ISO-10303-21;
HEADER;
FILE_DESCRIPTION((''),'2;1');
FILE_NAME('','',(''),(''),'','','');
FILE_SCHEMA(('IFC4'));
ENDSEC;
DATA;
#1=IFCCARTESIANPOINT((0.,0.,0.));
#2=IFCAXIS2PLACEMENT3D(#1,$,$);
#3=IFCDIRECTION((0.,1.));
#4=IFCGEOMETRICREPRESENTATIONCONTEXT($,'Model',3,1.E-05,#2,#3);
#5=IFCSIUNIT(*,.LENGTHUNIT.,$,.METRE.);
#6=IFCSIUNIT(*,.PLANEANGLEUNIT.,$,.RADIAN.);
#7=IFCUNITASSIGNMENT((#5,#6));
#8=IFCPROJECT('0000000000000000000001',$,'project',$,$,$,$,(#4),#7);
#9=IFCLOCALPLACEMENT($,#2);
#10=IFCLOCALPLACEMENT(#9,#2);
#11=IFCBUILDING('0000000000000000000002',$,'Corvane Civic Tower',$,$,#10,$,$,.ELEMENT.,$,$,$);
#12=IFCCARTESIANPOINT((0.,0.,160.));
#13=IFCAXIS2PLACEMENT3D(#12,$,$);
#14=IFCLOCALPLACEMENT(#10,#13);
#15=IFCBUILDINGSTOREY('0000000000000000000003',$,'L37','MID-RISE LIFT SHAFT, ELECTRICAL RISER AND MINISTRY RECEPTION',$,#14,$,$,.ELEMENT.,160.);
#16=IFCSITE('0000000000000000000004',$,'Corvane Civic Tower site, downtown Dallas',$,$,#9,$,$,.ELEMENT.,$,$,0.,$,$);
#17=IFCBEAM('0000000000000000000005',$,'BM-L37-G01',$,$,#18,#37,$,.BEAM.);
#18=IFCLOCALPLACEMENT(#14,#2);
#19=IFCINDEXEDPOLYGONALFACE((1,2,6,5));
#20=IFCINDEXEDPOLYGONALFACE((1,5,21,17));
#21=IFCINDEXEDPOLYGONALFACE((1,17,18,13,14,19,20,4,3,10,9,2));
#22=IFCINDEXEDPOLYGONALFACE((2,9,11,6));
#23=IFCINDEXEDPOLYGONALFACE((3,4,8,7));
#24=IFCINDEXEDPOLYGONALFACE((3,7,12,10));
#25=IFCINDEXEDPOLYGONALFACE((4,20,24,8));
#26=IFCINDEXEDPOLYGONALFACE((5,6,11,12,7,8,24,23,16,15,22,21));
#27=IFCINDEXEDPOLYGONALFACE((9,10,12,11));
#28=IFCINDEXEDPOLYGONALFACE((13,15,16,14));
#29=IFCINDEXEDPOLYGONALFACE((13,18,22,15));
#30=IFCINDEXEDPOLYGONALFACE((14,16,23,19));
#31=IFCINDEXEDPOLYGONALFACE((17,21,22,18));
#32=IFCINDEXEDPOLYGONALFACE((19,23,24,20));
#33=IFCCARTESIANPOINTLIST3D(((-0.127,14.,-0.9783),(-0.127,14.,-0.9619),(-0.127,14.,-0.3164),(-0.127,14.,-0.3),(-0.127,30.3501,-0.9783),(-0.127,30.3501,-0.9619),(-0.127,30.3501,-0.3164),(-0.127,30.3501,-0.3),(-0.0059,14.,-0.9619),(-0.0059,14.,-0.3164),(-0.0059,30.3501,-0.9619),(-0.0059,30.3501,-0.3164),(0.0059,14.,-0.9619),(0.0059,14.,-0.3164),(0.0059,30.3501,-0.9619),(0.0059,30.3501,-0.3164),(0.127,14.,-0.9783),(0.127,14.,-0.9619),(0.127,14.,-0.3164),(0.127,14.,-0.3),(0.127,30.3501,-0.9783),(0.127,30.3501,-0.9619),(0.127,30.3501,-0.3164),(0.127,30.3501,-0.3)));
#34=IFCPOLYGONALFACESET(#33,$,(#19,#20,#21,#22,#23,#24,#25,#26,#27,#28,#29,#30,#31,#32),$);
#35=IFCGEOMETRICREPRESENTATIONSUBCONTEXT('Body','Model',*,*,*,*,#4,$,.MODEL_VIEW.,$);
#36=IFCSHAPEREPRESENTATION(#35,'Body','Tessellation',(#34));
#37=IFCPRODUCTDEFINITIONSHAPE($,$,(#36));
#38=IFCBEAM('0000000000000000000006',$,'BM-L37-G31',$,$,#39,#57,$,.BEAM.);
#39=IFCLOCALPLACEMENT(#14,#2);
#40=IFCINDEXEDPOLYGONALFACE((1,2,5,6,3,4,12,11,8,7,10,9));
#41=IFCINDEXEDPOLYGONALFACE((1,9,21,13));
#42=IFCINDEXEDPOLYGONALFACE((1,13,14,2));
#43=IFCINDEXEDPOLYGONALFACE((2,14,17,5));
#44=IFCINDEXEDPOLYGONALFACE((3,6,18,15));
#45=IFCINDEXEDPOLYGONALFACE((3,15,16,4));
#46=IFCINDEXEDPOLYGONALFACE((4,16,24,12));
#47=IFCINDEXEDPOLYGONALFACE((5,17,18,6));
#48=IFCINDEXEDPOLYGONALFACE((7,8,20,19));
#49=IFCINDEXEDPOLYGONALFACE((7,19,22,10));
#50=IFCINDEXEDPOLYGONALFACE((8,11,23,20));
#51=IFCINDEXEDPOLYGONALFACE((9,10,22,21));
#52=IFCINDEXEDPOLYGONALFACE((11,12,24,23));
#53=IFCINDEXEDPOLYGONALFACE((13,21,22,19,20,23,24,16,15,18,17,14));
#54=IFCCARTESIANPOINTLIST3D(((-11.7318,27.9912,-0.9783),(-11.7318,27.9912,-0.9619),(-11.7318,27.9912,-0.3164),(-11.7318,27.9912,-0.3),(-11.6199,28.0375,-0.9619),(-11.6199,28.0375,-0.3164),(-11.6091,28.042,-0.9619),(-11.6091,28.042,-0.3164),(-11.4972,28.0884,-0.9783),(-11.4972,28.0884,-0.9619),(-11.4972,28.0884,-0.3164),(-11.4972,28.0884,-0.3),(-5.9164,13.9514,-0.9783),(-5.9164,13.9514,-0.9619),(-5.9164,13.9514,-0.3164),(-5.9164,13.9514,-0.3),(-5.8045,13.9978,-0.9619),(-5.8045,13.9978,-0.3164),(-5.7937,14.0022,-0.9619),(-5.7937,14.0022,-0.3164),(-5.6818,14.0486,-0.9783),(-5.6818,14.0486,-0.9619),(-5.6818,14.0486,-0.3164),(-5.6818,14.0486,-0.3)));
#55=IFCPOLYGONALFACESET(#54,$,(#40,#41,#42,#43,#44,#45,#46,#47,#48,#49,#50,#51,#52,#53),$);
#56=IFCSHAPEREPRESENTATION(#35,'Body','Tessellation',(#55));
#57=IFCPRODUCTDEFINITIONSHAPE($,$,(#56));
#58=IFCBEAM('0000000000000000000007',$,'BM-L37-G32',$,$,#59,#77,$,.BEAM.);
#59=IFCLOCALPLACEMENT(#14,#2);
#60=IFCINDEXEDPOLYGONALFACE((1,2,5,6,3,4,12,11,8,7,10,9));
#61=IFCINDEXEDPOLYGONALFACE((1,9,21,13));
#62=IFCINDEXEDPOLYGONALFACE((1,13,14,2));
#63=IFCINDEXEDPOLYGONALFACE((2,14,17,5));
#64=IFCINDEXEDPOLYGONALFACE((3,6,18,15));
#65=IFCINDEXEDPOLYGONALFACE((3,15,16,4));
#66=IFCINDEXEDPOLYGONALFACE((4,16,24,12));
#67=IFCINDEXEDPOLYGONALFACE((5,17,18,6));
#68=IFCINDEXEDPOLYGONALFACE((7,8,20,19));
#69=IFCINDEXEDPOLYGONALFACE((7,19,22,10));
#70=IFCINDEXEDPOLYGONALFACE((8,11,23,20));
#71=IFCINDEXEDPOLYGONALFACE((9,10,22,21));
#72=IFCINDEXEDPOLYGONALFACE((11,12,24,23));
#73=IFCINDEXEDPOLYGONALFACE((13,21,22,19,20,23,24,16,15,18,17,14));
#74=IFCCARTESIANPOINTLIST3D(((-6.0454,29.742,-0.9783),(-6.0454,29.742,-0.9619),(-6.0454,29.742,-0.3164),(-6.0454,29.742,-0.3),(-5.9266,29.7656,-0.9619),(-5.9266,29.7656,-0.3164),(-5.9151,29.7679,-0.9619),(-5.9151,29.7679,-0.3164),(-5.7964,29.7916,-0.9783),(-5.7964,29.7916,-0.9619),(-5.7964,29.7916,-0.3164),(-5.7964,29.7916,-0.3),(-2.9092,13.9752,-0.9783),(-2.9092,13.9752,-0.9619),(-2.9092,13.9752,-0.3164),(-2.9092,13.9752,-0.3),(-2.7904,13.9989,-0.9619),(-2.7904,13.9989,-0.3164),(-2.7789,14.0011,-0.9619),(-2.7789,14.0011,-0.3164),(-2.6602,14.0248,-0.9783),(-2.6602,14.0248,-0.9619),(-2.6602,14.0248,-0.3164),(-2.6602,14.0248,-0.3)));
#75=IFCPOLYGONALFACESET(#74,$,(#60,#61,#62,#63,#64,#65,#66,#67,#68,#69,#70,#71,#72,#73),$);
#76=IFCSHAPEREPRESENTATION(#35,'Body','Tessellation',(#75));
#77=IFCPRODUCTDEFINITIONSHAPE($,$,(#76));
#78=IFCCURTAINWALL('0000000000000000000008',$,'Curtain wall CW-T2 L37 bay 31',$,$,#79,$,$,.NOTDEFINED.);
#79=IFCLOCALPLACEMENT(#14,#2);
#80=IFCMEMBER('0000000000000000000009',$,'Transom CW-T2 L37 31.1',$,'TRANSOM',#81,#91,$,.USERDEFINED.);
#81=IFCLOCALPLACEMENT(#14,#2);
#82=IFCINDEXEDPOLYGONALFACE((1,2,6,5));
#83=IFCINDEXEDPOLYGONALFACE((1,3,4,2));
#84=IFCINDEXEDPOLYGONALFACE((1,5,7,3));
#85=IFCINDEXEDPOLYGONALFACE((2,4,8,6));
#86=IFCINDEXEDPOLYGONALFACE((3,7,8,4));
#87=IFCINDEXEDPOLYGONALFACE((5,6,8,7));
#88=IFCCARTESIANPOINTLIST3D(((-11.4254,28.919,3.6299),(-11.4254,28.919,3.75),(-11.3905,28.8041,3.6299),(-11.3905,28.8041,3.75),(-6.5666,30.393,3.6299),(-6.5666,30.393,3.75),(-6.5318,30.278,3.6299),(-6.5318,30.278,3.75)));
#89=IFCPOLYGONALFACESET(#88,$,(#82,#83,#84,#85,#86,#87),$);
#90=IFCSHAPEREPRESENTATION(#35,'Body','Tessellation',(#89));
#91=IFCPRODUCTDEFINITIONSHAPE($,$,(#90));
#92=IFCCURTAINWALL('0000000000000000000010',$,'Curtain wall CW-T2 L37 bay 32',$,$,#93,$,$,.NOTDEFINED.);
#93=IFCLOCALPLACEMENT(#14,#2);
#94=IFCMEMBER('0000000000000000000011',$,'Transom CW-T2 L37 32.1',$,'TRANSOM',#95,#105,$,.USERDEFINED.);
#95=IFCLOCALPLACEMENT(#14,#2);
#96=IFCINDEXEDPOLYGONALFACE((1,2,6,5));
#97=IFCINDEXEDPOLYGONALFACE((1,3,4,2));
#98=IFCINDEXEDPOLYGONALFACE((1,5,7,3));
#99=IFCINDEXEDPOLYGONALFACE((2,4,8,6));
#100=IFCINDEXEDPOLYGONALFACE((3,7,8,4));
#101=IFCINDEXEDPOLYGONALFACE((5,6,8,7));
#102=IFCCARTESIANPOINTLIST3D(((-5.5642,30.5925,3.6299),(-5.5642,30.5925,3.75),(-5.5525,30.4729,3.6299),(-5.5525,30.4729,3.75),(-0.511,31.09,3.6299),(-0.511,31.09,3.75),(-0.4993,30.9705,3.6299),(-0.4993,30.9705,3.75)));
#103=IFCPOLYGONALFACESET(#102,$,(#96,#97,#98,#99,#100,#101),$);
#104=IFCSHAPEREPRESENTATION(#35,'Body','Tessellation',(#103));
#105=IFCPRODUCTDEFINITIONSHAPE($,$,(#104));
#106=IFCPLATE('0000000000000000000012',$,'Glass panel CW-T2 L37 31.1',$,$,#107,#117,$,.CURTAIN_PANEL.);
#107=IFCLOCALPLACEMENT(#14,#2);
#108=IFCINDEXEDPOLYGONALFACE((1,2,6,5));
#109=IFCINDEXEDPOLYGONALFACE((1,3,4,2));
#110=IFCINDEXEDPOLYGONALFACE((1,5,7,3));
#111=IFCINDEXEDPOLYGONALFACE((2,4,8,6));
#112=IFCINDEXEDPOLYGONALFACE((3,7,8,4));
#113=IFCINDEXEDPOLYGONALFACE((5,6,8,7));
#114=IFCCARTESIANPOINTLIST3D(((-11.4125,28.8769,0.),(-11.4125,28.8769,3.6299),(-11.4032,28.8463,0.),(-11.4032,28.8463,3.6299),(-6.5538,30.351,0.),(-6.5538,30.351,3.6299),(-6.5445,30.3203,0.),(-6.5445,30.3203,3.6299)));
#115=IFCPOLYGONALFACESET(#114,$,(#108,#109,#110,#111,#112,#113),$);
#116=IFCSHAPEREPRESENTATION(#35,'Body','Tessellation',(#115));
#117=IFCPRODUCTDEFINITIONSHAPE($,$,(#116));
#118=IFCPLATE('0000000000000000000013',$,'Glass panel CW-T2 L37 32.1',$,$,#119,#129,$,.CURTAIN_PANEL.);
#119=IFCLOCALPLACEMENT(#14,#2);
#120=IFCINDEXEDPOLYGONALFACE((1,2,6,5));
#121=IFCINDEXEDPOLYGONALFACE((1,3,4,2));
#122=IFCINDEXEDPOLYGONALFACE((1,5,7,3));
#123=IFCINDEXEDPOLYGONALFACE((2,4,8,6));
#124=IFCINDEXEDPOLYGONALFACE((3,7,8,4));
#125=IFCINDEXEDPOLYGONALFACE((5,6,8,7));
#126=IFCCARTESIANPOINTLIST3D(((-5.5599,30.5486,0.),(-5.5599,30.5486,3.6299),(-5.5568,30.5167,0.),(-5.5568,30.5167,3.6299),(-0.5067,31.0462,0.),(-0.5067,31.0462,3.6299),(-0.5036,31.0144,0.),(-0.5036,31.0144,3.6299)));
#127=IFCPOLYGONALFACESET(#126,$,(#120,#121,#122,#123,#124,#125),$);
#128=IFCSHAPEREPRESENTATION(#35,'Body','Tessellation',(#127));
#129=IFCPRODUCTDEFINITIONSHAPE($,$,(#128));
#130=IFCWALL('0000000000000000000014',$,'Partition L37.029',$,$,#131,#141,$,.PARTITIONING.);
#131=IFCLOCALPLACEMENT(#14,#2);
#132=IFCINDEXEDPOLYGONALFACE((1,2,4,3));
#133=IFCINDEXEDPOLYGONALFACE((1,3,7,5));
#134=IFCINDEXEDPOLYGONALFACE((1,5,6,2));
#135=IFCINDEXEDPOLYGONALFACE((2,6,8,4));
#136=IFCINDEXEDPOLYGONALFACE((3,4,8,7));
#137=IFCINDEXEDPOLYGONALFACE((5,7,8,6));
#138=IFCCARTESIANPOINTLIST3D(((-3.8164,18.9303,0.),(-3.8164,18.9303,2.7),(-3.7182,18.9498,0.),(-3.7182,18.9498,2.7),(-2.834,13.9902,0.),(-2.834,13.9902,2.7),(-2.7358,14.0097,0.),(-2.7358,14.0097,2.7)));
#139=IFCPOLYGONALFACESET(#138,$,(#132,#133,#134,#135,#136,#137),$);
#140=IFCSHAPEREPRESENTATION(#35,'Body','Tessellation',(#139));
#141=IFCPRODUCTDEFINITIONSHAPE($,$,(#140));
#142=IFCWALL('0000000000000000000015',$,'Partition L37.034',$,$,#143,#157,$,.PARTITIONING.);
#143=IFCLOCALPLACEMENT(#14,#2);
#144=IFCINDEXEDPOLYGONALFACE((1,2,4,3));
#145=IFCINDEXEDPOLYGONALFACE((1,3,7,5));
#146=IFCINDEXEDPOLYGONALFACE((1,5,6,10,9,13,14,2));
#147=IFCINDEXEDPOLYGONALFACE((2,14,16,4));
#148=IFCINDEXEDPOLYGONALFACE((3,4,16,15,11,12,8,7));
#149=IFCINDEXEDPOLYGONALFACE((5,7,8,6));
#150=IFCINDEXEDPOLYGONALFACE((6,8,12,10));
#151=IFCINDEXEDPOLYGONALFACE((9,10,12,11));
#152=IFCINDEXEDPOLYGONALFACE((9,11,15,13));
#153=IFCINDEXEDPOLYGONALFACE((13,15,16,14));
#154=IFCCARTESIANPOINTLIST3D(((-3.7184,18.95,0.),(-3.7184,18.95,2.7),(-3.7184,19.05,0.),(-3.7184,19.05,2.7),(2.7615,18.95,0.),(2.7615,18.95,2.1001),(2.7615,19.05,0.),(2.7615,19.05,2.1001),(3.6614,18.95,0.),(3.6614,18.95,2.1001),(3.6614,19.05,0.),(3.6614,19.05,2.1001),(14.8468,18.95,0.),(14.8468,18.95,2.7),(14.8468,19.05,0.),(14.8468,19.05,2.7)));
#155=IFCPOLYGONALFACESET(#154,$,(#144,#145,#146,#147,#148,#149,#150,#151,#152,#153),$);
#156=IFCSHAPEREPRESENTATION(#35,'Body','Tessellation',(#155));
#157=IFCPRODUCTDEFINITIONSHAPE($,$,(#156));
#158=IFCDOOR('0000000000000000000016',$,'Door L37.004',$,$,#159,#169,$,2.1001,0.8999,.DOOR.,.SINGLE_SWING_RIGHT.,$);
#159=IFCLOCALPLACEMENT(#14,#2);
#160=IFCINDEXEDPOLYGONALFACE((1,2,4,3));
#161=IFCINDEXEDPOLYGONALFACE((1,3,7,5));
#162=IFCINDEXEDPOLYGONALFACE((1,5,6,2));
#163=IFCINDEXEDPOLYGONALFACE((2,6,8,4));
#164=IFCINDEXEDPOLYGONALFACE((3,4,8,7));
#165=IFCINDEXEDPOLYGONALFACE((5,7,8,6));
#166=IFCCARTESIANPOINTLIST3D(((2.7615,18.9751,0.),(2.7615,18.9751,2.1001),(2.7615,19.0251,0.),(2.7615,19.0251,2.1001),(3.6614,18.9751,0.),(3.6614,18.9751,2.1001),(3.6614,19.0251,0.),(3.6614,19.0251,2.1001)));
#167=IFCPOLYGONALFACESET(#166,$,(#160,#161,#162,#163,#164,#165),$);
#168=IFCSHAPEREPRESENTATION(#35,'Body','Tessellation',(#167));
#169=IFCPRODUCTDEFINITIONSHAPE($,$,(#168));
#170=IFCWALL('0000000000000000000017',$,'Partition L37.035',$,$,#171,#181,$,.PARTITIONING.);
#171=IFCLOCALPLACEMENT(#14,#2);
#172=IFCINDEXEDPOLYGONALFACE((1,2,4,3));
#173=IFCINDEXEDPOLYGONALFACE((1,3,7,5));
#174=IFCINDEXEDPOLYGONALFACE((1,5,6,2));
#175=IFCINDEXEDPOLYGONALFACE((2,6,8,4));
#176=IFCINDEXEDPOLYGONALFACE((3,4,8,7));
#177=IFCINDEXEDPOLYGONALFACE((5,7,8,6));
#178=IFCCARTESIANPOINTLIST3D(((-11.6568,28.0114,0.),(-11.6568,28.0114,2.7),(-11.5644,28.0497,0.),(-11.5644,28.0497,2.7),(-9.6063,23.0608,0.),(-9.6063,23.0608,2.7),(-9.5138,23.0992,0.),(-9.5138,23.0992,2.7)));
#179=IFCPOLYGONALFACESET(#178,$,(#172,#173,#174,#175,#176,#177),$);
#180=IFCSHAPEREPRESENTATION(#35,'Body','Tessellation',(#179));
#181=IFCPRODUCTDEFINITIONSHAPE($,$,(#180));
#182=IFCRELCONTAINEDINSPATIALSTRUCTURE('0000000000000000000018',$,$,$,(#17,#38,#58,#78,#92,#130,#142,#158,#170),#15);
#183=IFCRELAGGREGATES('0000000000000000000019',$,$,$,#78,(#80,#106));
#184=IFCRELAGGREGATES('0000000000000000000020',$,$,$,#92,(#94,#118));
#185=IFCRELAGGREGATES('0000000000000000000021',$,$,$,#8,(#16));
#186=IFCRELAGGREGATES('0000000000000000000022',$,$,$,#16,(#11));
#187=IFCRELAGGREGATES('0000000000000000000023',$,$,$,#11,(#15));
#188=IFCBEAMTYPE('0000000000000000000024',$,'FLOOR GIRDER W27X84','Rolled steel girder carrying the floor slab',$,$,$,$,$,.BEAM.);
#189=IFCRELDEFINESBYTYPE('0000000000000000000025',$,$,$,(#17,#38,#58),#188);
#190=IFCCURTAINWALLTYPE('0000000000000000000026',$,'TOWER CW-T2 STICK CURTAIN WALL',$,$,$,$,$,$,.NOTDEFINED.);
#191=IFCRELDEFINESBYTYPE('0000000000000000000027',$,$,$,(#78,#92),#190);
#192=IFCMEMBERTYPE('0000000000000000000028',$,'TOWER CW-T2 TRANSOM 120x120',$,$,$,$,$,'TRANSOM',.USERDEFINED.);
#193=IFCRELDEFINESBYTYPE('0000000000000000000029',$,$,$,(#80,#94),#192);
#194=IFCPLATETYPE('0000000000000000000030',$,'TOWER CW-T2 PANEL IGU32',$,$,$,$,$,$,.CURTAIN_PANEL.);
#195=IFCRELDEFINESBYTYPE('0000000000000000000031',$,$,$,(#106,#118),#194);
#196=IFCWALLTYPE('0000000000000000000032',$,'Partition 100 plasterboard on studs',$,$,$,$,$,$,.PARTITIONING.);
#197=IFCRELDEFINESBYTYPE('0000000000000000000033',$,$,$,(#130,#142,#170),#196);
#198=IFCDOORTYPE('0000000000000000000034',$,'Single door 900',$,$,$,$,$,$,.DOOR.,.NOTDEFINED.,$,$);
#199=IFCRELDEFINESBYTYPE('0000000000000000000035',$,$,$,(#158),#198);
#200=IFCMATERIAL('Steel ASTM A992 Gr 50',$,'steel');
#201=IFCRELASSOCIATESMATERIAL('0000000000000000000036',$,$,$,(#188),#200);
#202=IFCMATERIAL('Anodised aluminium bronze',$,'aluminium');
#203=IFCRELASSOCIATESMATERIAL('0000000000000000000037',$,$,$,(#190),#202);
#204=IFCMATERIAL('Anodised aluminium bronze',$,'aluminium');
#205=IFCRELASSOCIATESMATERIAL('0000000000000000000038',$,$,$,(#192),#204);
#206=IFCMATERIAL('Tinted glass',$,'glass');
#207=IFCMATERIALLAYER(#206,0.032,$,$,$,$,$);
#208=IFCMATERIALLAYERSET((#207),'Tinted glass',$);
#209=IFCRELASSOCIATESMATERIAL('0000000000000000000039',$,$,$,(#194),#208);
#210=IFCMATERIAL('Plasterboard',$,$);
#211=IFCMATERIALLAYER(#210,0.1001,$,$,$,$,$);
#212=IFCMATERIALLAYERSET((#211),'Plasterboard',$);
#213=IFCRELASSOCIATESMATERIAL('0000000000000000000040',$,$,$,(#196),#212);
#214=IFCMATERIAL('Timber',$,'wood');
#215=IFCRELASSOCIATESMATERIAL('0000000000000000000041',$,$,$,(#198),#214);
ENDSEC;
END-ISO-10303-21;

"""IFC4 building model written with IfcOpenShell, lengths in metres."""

from ifc_helpers import new_model, si_unit, direction, frame, frame_2d, origin, origin_2d, place, context, subcontext, project, spatial, rectangle, i_section, extrude, material, layer, layer_set, material_profile, profile_set, type_object, element, fill, aggregate, save


model = new_model("IFC4")

# Units and contexts
model_context = context("Model", 3, precision=1e-05, world=origin(), true_north=direction((0.0, 1.0)))
body_context = subcontext(model_context, "Body", "Model", "MODEL_VIEW")
ifc_project = project(units=[si_unit("LENGTHUNIT", "METRE"), si_unit("PLANEANGLEUNIT", "RADIAN")], contexts=[model_context])

# Site, building, storey
site_placement = place(None, origin())
site = spatial("IfcSite", under=ifc_project, at=site_placement, Name="Corvane Civic Tower site, downtown Dallas", CompositionType="ELEMENT", RefElevation=0.0)
building_placement = place(site_placement, origin())
building = spatial("IfcBuilding", under=site, at=building_placement, Name="Corvane Civic Tower", CompositionType="ELEMENT")
storey_placement = place(building_placement, frame((0.0, 0.0, 160.0)))
storey = spatial("IfcBuildingStorey", under=building, at=storey_placement, Name="L37", Description="MID-RISE LIFT SHAFT, ELECTRICAL RISER AND MINISTRY RECEPTION", CompositionType="ELEMENT", Elevation=160.0)

# Beams
ifc_material_1 = material(Name="Steel ASTM A992 Gr 50", Category="steel")
ifc_material_profile_1 = material_profile(ifc_material_1, i_section(OverallWidth=0.2539, OverallDepth=0.6782, WebThickness=0.0117, FlangeThickness=0.0164, at=origin_2d()), Name="W27X84")
ifc_profile_set_1 = profile_set([ifc_material_profile_1], Name="Steel ASTM A992 Gr 50")
beam_type_1 = type_object("IfcBeamType", Name="FLOOR GIRDER W27X84", Description="Rolled steel girder carrying the floor slab", PredefinedType="BEAM", material=ifc_profile_set_1)
beam_1_placement = place(storey_placement, frame((0.0, 14.0, -0.6392), z_axis=(0.0, 1.0, 0.0), x_axis=(-1.0, 0.0, 0.0)))
element("IfcBeam", 1, at=beam_1_placement, inside=storey, type_object=beam_type_1, Name="BM-L37-G01", PredefinedType="BEAM", context=body_context, shape_type="SweptSolid", body=[
    extrude(i_section(OverallWidth=0.2539, OverallDepth=0.6782, WebThickness=0.0117, FlangeThickness=0.0164, at=origin_2d()), origin(), (0.0, 0.0, 1.0), 16.3501),
])
beam_2_placement = place(storey_placement, frame((-5.7991, 14.0, -0.6392), z_axis=(-0.382681, 0.923881, 0.0), x_axis=(-0.923881, -0.382681, 0.0)))
element("IfcBeam", 2, at=beam_2_placement, inside=storey, type_object=beam_type_1, Name="BM-L37-G31", PredefinedType="BEAM", context=body_context, shape_type="SweptSolid", body=[
    extrude(i_section(OverallWidth=0.2539, OverallDepth=0.6782, WebThickness=0.0117, FlangeThickness=0.0164, at=origin_2d()), origin(), (0.0, 0.0, 1.0), 15.1965),
])
beam_3_placement = place(storey_placement, frame((-2.7847, 14.0, -0.6392), z_axis=(-0.195091, 0.980785, 0.0), x_axis=(-0.980785, -0.195091, 0.0)))
element("IfcBeam", 3, at=beam_3_placement, inside=storey, type_object=beam_type_1, Name="BM-L37-G32", PredefinedType="BEAM", context=body_context, shape_type="SweptSolid", body=[
    extrude(i_section(OverallWidth=0.2539, OverallDepth=0.6782, WebThickness=0.0117, FlangeThickness=0.0164, at=origin_2d()), origin(), (0.0, 0.0, 1.0), 16.0757),
])

# Curtain walls, members
ifc_material_2 = material(Name="Anodised aluminium bronze", Category="aluminium")
curtain_wall_type = type_object("IfcCurtainWallType", Name="TOWER CW-T2 STICK CURTAIN WALL", PredefinedType="NOTDEFINED", material=ifc_material_2)
curtain_wall_1_placement = place(storey_placement, origin())
curtain_wall_1 = element("IfcCurtainWall", 4, at=curtain_wall_1_placement, inside=storey, type_object=curtain_wall_type, Name="Curtain wall CW-T2 L37 bay 31", PredefinedType="NOTDEFINED")
ifc_material_3 = material(Name="Anodised aluminium bronze", Category="aluminium")
ifc_material_profile_2 = material_profile(ifc_material_3, rectangle(XDim=0.1201, YDim=0.1201, at=origin_2d()), Name="TOWER CW-T2 TRANSOM 120x120")
ifc_profile_set_2 = profile_set([ifc_material_profile_2], Name="Anodised aluminium bronze")
member_type = type_object("IfcMemberType", Name="TOWER CW-T2 TRANSOM 120x120", ElementType="TRANSOM", PredefinedType="USERDEFINED", material=ifc_profile_set_2)
member_1_placement = place(storey_placement, frame((-11.408, 28.8616, 3.6899), z_axis=(0.956939, 0.290289, 0.0), x_axis=(-0.290289, 0.956939, 0.0)))
member_1 = element("IfcMember", 5, at=member_1_placement, type_object=member_type, Name="Transom CW-T2 L37 31.1", ObjectType="TRANSOM", PredefinedType="USERDEFINED", context=body_context, shape_type="SweptSolid", body=[
    extrude(rectangle(XDim=0.1201, YDim=0.1201, at=origin_2d()), origin(), (0.0, 0.0, 1.0), 5.0774),
])
curtain_wall_2_placement = place(storey_placement, origin())
curtain_wall_2 = element("IfcCurtainWall", 6, at=curtain_wall_2_placement, inside=storey, type_object=curtain_wall_type, Name="Curtain wall CW-T2 L37 bay 32", PredefinedType="NOTDEFINED")
member_2_placement = place(storey_placement, frame((-5.5583, 30.5327, 3.6899), z_axis=(0.995187, 0.09799, 0.0), x_axis=(-0.09799, 0.995187, 0.0)))
member_2 = element("IfcMember", 7, at=member_2_placement, type_object=member_type, Name="Transom CW-T2 L37 32.1", ObjectType="TRANSOM", PredefinedType="USERDEFINED", context=body_context, shape_type="SweptSolid", body=[
    extrude(rectangle(XDim=0.1201, YDim=0.1201, at=origin_2d()), origin(), (0.0, 0.0, 1.0), 5.0776),
])

# Plates
ifc_material_4 = material(Name="Tinted glass", Category="glass")
ifc_layer_1 = layer(ifc_material_4, 0.032)
ifc_layer_set_1 = layer_set([ifc_layer_1], Name="Tinted glass")
plate_type = type_object("IfcPlateType", Name="TOWER CW-T2 PANEL IGU32", PredefinedType="CURTAIN_PANEL", material=ifc_layer_set_1)
plate_1_placement = place(storey_placement, frame((-8.9785, 29.5986, 0.0), z_axis=(0.0, 0.0, 1.0), x_axis=(0.956932, 0.290313, 0.0)))
plate_1 = element("IfcPlate", 8, at=plate_1_placement, type_object=plate_type, Name="Glass panel CW-T2 L37 31.1", PredefinedType="CURTAIN_PANEL", context=body_context, shape_type="SweptSolid", body=[
    extrude(rectangle(XDim=5.0774, YDim=0.032, at=origin_2d()), origin(), (0.0, 0.0, 1.0), 3.6299),
])
aggregate(curtain_wall_1, [member_1, plate_1])
plate_2_placement = place(storey_placement, frame((-3.0317, 30.7815, 0.0), z_axis=(0.0, 0.0, 1.0), x_axis=(0.995185, 0.098012, 0.0)))
plate_2 = element("IfcPlate", 9, at=plate_2_placement, type_object=plate_type, Name="Glass panel CW-T2 L37 32.1", PredefinedType="CURTAIN_PANEL", context=body_context, shape_type="SweptSolid", body=[
    extrude(rectangle(XDim=5.0776, YDim=0.032, at=origin_2d()), origin(), (0.0, 0.0, 1.0), 3.6299),
])
aggregate(curtain_wall_2, [member_2, plate_2])

# Wall
ifc_material_5 = material(Name="Plasterboard")
ifc_layer_2 = layer(ifc_material_5, 0.1001)
ifc_layer_set_2 = layer_set([ifc_layer_2], Name="Plasterboard")
wall_type = type_object("IfcWallType", Name="Partition 100 plasterboard on studs", PredefinedType="PARTITIONING", material=ifc_layer_set_2)
wall_1_placement = place(storey_placement, frame((-3.7673, 18.9402, 0.0), z_axis=(0.0, 0.0, 1.0), x_axis=(0.195044, -0.980794, 0.0)))
element("IfcWall", 10, at=wall_1_placement, inside=storey, type_object=wall_type, Name="Partition L37.029", PredefinedType="PARTITIONING", context=body_context, shape_type="SweptSolid", body=[
    extrude(rectangle(XDim=5.0369, YDim=0.1001, at=frame_2d((2.5186, 0.0))), origin(), (0.0, 0.0, 1.0), 2.7),
])

# Wall, opening, door
wall_2_placement = place(storey_placement, frame((-3.7185, 19.0, 0.0), z_axis=(0.0, 0.0, 1.0), x_axis=(1.0, 0.0, 0.0)))
wall_2 = element("IfcWall", 11, at=wall_2_placement, inside=storey, type_object=wall_type, Name="Partition L37.034", PredefinedType="PARTITIONING", context=body_context, shape_type="SweptSolid", body=[
    extrude(rectangle(XDim=18.5652, YDim=0.1001, at=frame_2d((9.2827, 0.0))), origin(), (0.0, 0.0, 1.0), 2.7),
])
opening_placement = place(wall_2_placement, frame((6.48, 0.0, 0.0)))
opening = element("IfcOpeningElement", 12, at=opening_placement, cuts=wall_2, PredefinedType="OPENING", context=body_context, shape_type="SweptSolid", body=[
    extrude(rectangle(XDim=0.8999, YDim=2.1001, at=frame_2d((0.45, 1.05))), frame((0.0, 0.0601, 0.0), z_axis=(0.0, -1.0, 0.0), x_axis=(1.0, 0.0, 0.0)), (0.0, 0.0, 1.0), 0.1201),
])
ifc_material_6 = material(Name="Timber", Category="wood")
door_type = type_object("IfcDoorType", Name="Single door 900", OperationType="NOTDEFINED", PredefinedType="DOOR", material=ifc_material_6)
door_placement = place(opening_placement, frame((0.8999, 0.0, 0.0), z_axis=(0.0, 0.0, 1.0), x_axis=(-1.0, 0.0, 0.0)))
door = element("IfcDoor", 13, at=door_placement, inside=storey, type_object=door_type, Name="Door L37.004", OperationType="SINGLE_SWING_RIGHT", OverallHeight=2.1001, OverallWidth=0.8999, PredefinedType="DOOR", context=body_context, shape_type="SweptSolid", body=[
    extrude(rectangle(XDim=0.8999, YDim=2.1001, at=frame_2d((0.45, 1.05))), frame((0.0, 0.0249, 0.0), z_axis=(0.0, -1.0, 0.0), x_axis=(1.0, 0.0, 0.0)), (0.0, 0.0, 1.0), 0.05),
])
fill(opening, door)

# Wall
wall_3_placement = place(storey_placement, frame((-11.6106, 28.0305, 0.0), z_axis=(0.0, 0.0, 1.0), x_axis=(0.382683, -0.92388, 0.0)))
element("IfcWall", 14, at=wall_3_placement, inside=storey, type_object=wall_type, Name="Partition L37.035", PredefinedType="PARTITIONING", context=body_context, shape_type="SweptSolid", body=[
    extrude(rectangle(XDim=5.3584, YDim=0.1001, at=frame_2d((2.6792, 0.0))), origin(), (0.0, 0.0, 1.0), 2.7),
])

save(model, "model.ifc")
